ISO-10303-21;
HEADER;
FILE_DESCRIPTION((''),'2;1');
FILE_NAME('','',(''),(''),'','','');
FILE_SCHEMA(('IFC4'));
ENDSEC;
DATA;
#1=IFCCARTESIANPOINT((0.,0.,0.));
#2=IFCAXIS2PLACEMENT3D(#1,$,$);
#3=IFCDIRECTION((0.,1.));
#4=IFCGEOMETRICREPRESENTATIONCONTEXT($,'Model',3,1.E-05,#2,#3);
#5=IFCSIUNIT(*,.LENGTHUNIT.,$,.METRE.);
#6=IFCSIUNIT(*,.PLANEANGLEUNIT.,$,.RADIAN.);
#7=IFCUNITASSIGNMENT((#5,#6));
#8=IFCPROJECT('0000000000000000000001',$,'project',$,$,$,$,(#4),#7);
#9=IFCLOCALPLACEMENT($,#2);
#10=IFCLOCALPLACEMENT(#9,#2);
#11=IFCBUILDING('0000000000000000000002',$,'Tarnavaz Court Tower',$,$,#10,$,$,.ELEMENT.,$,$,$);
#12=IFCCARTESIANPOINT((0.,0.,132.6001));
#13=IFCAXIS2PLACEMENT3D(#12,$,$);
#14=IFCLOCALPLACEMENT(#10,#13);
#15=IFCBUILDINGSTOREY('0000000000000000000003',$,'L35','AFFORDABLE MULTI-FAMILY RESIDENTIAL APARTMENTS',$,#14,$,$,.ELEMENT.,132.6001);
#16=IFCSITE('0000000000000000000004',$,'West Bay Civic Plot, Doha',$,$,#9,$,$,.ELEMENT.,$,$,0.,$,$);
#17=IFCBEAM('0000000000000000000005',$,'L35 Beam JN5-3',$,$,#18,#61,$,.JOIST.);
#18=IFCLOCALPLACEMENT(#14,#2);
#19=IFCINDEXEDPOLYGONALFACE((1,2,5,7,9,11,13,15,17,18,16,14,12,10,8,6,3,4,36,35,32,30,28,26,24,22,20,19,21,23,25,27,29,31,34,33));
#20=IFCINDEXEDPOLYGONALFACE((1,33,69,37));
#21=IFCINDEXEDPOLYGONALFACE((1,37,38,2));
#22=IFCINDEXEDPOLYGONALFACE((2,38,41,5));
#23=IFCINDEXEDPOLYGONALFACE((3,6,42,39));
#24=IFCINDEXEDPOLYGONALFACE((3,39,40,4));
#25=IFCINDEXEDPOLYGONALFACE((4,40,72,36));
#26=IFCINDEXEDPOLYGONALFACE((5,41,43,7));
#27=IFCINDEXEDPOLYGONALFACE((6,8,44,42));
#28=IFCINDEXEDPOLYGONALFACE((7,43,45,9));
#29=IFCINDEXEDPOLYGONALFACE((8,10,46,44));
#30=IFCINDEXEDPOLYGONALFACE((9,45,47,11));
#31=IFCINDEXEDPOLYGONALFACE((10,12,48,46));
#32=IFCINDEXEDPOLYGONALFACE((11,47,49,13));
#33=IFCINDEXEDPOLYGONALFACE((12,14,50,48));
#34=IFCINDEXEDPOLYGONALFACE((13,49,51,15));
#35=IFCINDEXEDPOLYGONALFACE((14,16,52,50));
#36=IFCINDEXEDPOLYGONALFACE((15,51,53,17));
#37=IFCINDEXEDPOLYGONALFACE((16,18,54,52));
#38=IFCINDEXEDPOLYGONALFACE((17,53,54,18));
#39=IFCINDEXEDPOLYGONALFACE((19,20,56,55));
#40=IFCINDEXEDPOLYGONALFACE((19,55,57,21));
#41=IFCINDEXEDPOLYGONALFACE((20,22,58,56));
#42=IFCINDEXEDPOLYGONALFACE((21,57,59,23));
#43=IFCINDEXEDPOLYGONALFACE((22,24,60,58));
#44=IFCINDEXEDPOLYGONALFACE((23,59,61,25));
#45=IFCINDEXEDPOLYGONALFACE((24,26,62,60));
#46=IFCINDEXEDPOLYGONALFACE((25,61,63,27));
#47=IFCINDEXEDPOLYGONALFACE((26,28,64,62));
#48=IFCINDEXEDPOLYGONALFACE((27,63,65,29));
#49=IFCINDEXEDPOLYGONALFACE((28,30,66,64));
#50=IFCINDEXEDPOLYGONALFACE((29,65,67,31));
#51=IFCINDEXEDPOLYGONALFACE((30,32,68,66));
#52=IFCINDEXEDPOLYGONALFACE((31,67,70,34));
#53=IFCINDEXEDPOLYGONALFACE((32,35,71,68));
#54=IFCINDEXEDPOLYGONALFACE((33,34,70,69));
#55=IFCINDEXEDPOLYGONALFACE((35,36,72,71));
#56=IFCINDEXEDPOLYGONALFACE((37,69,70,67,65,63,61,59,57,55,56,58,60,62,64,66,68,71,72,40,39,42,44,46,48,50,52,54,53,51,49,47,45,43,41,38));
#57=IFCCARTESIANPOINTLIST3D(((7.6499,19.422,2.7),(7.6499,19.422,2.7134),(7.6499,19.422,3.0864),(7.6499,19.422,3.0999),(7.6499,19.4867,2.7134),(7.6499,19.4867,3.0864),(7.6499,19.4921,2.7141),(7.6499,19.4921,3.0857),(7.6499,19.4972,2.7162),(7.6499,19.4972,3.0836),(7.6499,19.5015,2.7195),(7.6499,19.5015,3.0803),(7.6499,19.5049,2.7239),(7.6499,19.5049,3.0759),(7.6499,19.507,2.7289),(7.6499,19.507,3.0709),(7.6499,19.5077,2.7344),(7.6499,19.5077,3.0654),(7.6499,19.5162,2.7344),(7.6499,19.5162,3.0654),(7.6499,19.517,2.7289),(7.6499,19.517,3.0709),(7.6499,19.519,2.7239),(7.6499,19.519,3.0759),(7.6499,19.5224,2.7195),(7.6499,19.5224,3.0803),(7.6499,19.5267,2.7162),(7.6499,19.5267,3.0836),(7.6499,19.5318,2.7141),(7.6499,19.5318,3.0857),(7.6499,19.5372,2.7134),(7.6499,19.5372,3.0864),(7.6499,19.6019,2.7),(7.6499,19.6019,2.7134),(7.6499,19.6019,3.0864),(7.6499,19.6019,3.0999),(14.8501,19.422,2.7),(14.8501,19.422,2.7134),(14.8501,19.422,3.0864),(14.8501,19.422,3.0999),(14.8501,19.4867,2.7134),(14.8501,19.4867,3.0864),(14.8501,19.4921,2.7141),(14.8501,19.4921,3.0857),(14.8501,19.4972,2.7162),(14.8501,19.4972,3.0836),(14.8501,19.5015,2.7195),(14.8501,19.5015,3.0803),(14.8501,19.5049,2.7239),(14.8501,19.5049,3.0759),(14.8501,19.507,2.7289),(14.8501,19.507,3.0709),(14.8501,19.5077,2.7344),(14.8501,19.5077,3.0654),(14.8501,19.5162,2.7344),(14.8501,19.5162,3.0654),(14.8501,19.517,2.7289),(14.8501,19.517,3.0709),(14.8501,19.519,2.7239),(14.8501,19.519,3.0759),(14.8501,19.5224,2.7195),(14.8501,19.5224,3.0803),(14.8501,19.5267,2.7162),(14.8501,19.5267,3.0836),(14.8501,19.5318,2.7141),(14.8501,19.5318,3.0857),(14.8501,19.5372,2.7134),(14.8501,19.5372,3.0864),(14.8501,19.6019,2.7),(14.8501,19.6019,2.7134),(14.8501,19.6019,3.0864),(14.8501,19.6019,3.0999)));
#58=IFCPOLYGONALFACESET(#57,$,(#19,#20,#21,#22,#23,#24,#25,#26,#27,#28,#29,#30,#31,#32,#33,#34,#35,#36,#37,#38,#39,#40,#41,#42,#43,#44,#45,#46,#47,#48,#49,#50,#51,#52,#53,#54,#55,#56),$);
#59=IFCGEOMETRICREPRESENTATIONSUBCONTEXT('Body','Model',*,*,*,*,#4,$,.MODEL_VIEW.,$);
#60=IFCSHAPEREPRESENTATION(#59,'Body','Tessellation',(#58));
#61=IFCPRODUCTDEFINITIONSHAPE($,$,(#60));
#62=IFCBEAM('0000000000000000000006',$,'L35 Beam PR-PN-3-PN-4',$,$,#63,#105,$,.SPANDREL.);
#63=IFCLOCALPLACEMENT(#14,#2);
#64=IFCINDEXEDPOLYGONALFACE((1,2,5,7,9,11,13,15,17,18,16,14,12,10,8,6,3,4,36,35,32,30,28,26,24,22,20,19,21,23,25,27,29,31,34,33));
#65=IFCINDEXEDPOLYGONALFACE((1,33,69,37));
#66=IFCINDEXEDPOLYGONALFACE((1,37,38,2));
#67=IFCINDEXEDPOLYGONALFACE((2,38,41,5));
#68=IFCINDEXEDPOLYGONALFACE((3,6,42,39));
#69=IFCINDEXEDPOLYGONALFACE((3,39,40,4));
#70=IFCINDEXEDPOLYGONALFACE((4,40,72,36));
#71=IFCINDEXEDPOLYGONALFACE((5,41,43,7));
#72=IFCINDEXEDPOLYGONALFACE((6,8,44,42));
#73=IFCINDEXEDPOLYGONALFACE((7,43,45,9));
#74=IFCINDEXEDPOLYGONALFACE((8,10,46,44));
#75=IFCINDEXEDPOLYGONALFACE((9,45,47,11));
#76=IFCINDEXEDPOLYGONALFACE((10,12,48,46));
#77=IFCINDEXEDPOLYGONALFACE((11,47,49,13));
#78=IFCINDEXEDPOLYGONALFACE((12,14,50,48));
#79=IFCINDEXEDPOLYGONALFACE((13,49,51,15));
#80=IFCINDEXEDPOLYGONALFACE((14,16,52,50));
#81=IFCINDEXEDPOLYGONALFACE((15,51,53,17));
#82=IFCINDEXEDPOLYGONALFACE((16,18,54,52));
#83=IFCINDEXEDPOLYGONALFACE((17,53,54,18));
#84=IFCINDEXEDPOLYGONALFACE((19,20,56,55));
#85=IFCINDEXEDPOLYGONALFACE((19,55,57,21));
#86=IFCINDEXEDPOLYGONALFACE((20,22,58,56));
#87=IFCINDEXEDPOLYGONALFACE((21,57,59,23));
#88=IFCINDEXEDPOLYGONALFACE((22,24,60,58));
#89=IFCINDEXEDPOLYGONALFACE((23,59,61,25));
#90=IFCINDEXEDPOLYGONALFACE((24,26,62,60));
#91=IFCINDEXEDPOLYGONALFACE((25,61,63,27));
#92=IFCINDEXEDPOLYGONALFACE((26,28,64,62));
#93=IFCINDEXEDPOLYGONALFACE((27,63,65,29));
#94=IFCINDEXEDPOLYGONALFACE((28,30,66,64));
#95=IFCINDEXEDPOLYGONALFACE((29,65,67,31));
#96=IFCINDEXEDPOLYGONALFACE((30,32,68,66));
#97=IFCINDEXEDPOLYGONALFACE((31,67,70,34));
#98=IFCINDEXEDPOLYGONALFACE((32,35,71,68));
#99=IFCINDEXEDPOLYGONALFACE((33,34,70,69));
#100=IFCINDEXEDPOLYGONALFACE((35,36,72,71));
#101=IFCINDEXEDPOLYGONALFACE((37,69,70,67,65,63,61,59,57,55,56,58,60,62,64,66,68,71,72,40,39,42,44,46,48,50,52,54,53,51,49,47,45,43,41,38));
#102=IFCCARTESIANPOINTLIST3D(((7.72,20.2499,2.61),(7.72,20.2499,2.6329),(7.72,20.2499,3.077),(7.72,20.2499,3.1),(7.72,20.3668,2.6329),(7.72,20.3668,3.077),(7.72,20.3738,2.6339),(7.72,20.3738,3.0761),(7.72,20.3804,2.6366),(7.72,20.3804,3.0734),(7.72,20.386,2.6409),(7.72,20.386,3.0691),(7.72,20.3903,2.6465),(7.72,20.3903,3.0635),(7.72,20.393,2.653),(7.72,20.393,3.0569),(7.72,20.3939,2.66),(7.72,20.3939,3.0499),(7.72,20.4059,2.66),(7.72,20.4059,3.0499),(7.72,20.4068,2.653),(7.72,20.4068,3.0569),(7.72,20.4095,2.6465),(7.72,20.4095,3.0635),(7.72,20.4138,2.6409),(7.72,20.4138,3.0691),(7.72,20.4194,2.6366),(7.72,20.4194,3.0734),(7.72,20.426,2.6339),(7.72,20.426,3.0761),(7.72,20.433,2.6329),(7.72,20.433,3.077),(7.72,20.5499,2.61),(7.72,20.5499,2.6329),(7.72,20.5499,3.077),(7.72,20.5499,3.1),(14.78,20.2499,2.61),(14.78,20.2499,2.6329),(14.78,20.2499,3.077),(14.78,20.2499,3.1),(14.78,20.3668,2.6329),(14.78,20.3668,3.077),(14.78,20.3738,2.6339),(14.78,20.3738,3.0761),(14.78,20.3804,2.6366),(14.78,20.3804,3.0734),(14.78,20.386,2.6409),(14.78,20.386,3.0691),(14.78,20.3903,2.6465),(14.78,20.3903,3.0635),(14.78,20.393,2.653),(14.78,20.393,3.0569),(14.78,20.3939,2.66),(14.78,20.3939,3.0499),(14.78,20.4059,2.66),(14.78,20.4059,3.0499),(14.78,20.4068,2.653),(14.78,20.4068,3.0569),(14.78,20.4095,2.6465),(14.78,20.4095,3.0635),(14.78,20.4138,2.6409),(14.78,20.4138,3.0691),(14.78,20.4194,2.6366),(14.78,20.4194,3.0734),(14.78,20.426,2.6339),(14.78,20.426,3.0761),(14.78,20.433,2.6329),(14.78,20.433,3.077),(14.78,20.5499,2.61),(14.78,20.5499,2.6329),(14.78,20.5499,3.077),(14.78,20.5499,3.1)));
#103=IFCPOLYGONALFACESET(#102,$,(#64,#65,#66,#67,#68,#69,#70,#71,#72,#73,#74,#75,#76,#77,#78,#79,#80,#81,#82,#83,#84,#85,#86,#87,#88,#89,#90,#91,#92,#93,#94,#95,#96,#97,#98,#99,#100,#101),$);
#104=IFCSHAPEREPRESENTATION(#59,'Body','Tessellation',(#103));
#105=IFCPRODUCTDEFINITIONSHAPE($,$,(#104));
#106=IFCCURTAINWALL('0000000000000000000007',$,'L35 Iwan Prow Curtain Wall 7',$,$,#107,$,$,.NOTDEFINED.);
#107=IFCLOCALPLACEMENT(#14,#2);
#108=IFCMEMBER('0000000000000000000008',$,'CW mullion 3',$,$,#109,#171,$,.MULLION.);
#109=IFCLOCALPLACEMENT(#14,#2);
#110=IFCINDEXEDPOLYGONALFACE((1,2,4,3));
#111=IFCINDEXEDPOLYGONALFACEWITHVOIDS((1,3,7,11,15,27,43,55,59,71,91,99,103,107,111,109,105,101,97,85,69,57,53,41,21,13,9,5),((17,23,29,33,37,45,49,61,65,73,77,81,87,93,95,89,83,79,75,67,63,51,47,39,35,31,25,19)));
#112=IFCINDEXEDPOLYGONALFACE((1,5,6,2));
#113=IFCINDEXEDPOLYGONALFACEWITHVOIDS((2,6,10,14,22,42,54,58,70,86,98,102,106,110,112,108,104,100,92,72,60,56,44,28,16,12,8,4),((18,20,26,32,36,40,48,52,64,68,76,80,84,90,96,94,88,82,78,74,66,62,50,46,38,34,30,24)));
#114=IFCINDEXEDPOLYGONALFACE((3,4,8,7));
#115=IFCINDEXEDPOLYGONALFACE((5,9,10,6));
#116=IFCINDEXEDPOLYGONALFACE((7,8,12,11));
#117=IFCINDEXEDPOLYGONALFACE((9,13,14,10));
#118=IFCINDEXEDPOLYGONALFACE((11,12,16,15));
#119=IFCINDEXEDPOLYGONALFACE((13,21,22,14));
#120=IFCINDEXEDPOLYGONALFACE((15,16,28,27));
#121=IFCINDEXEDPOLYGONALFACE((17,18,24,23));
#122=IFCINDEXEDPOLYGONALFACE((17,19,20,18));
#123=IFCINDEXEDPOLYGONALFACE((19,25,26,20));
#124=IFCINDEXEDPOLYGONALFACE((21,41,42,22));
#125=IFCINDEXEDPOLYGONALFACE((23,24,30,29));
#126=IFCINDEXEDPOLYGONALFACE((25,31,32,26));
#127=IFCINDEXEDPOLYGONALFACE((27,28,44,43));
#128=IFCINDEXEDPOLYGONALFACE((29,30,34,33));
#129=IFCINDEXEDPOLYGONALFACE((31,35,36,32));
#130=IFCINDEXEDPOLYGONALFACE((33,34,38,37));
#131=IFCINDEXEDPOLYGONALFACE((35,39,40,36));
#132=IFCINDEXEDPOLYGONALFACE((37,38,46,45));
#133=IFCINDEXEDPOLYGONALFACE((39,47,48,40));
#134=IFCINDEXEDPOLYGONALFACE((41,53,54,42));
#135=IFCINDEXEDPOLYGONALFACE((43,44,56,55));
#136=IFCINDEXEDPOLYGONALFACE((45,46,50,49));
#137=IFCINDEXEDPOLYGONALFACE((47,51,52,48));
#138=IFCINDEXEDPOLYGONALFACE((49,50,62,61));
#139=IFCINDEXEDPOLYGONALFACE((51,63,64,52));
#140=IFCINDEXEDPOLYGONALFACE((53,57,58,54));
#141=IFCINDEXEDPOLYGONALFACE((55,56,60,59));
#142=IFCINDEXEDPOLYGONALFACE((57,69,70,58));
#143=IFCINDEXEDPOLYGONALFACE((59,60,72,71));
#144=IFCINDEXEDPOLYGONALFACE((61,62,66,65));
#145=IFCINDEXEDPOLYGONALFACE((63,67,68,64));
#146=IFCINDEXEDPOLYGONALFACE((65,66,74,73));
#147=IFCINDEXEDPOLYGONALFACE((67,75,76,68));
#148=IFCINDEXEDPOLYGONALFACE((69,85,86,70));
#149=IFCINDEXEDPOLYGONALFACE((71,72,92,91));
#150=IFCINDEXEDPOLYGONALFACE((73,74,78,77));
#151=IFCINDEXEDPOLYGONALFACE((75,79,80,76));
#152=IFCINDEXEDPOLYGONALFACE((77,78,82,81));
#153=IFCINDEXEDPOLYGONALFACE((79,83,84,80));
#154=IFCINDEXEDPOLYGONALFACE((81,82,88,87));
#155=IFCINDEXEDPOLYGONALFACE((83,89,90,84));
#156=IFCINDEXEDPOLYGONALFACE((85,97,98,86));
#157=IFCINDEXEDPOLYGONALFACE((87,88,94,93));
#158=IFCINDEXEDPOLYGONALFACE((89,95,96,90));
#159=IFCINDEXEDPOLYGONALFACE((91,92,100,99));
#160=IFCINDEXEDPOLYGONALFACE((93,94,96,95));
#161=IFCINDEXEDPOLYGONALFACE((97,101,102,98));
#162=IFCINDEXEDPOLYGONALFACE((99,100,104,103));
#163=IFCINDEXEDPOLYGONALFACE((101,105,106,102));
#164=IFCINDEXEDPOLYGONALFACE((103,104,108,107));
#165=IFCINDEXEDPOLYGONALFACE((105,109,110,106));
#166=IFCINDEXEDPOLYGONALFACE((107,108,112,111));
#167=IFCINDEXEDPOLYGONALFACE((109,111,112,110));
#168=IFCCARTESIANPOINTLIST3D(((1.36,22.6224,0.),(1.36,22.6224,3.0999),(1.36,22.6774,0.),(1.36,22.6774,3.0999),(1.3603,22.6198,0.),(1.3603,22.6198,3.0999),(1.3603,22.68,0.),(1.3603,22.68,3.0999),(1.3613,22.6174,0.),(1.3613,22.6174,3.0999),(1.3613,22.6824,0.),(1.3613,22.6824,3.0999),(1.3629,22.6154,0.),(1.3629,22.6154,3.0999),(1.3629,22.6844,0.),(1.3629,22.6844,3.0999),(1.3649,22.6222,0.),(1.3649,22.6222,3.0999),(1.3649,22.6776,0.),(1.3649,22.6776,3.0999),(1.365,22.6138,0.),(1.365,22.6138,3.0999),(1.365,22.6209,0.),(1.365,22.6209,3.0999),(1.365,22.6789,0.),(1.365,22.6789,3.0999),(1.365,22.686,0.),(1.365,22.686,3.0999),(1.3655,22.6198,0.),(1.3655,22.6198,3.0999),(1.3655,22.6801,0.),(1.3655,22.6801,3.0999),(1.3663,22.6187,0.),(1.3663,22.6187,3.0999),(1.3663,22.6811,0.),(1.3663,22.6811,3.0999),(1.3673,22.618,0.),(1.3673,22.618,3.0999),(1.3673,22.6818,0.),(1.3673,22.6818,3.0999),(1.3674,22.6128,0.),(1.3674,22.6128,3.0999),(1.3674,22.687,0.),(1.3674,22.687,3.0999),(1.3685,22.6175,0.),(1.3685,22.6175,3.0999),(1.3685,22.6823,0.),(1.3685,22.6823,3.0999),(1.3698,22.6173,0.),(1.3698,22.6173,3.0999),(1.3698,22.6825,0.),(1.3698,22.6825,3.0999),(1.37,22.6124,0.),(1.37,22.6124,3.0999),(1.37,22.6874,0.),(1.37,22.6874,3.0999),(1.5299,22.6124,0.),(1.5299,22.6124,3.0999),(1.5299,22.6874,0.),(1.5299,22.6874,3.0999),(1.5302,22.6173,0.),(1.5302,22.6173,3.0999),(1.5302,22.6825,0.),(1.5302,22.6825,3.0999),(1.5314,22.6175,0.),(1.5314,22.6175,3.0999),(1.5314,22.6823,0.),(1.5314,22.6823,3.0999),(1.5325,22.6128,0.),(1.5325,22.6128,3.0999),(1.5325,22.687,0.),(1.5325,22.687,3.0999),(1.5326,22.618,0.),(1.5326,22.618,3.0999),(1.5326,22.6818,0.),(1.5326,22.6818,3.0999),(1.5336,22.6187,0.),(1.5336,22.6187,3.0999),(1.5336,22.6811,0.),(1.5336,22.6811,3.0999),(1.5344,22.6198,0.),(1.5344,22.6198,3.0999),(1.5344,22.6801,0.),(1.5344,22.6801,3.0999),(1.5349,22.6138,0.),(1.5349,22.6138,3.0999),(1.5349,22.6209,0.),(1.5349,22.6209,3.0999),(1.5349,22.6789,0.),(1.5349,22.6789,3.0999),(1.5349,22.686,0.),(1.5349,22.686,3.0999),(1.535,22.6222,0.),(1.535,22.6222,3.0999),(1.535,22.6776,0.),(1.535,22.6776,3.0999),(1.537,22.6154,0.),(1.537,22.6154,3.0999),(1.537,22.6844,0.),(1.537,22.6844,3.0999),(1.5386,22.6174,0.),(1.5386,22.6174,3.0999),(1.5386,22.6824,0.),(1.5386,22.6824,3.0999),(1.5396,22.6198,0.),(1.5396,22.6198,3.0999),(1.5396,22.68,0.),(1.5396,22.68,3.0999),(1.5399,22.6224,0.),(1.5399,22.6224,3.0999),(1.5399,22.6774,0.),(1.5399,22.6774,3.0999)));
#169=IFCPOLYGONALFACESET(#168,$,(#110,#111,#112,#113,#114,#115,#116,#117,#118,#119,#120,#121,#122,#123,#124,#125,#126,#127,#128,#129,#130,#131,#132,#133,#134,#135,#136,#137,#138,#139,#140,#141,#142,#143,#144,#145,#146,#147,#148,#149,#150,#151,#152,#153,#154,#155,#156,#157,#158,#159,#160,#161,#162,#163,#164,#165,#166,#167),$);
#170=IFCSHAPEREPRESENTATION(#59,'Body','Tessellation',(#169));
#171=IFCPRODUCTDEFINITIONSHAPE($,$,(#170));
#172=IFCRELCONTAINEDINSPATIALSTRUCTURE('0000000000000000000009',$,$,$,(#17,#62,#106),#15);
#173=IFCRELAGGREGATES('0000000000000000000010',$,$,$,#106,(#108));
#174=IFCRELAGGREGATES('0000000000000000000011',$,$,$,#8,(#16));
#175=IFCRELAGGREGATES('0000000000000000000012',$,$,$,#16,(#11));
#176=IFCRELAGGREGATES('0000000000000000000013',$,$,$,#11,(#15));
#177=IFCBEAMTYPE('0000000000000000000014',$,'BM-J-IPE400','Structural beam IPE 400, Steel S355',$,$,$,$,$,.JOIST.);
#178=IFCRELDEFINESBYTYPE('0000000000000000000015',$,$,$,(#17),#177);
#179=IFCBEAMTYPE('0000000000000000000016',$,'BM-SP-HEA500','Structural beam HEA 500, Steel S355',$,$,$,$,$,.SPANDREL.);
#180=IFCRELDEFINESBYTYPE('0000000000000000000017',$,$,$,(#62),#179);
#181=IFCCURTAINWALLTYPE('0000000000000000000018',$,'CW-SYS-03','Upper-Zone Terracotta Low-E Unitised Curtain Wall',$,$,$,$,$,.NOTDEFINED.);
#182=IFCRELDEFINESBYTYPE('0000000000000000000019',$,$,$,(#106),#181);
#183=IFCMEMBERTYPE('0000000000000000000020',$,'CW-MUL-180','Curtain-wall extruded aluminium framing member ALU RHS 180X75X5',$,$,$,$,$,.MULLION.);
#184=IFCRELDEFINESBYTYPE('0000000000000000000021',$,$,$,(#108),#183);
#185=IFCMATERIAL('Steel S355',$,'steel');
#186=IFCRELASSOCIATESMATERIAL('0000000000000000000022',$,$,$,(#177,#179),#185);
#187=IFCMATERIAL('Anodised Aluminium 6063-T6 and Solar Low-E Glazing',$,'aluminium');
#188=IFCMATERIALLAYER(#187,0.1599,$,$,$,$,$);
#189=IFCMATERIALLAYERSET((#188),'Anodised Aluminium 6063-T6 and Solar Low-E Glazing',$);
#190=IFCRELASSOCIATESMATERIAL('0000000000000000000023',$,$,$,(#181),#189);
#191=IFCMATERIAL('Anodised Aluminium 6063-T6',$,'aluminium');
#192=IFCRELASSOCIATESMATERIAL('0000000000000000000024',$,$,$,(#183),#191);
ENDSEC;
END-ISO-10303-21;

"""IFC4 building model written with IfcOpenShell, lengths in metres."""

from ifc_helpers import new_model, si_unit, direction, frame, origin, origin_2d, place, context, subcontext, project, spatial, hollow_rectangle, i_section, extrude, material, layer, layer_set, material_profile, profile_set, type_object, element, aggregate, save


model = new_model("IFC4")

# Units and contexts
model_context = context("Model", 3, precision=1e-05, world=origin(), true_north=direction((0.0, 1.0)))
body_context = subcontext(model_context, "Body", "Model", "MODEL_VIEW")
ifc_project = project(units=[si_unit("LENGTHUNIT", "METRE"), si_unit("PLANEANGLEUNIT", "RADIAN")], contexts=[model_context])

# Site, building, storey
site_placement = place(None, origin())
site = spatial("IfcSite", under=ifc_project, at=site_placement, Name="West Bay Civic Plot, Doha", CompositionType="ELEMENT", RefElevation=0.0)
building_placement = place(site_placement, origin())
building = spatial("IfcBuilding", under=site, at=building_placement, Name="Tarnavaz Court Tower", CompositionType="ELEMENT")
storey_placement = place(building_placement, frame((0.0, 0.0, 132.6001)))
storey = spatial("IfcBuildingStorey", under=building, at=storey_placement, Name="L35", Description="AFFORDABLE MULTI-FAMILY RESIDENTIAL APARTMENTS", CompositionType="ELEMENT", Elevation=132.6001)

# Beams
ifc_material_1 = material(Name="Steel S355", Category="steel")
ifc_material_profile_1 = material_profile(ifc_material_1, i_section(OverallWidth=0.1799, OverallDepth=0.3999, WebThickness=0.0085, FlangeThickness=0.0134, FilletRadius=0.021, at=origin_2d()), Name="IPE 400")
ifc_profile_set_1 = profile_set([ifc_material_profile_1], Name="Steel S355")
beam_type_1 = type_object("IfcBeamType", Name="BM-J-IPE400", Description="Structural beam IPE 400, Steel S355", PredefinedType="JOIST", material=ifc_profile_set_1)
for number, where, z_axis, x_axis, name in (
    (1, (7.6499, 19.512, 2.8999), (1.0, 0.0, 0.0), (0.0, 1.0, 0.0), "L35 Beam JN5-3"),
):
    element("IfcBeam", number, at=place(storey_placement, frame(where, z_axis=z_axis, x_axis=x_axis)), inside=storey, type_object=beam_type_1, Name=name, PredefinedType="JOIST", context=body_context, shape_type="SweptSolid", body=[
        extrude(i_section(OverallWidth=0.1799, OverallDepth=0.3999, WebThickness=0.0085, FlangeThickness=0.0134, FilletRadius=0.021, at=origin_2d()), origin(), (0.0, 0.0, 1.0), 7.2002),
    ])
ifc_material_profile_2 = material_profile(ifc_material_1, i_section(OverallWidth=0.3, OverallDepth=0.49, WebThickness=0.012, FlangeThickness=0.0229, FilletRadius=0.0271, at=origin_2d()), Name="HEA 500")
ifc_profile_set_2 = profile_set([ifc_material_profile_2], Name="Steel S355")
beam_type_2 = type_object("IfcBeamType", Name="BM-SP-HEA500", Description="Structural beam HEA 500, Steel S355", PredefinedType="SPANDREL", material=ifc_profile_set_2)
beam_placement = place(storey_placement, frame((7.72, 20.3999, 2.855), z_axis=(1.0, 0.0, 0.0), x_axis=(0.0, 1.0, 0.0)))
element("IfcBeam", 2, at=beam_placement, inside=storey, type_object=beam_type_2, Name="L35 Beam PR-PN-3-PN-4", PredefinedType="SPANDREL", context=body_context, shape_type="SweptSolid", body=[
    extrude(i_section(OverallWidth=0.3, OverallDepth=0.49, WebThickness=0.012, FlangeThickness=0.0229, FilletRadius=0.0271, at=origin_2d()), origin(), (0.0, 0.0, 1.0), 7.0601),
])

# Curtain wall, member
ifc_material_2 = material(Name="Anodised Aluminium 6063-T6 and Solar Low-E Glazing", Category="aluminium")
ifc_layer_1 = layer(ifc_material_2, 0.1599)
ifc_layer_set_1 = layer_set([ifc_layer_1], Name="Anodised Aluminium 6063-T6 and Solar Low-E Glazing")
curtain_wall_type = type_object("IfcCurtainWallType", Name="CW-SYS-03", Description="Upper-Zone Terracotta Low-E Unitised Curtain Wall", PredefinedType="NOTDEFINED", material=ifc_layer_set_1)
curtain_wall_placement = place(storey_placement, origin())
curtain_wall = element("IfcCurtainWall", 3, at=curtain_wall_placement, inside=storey, type_object=curtain_wall_type, Name="L35 Iwan Prow Curtain Wall 7", PredefinedType="NOTDEFINED")
ifc_material_3 = material(Name="Anodised Aluminium 6063-T6", Category="aluminium")
ifc_material_profile_3 = material_profile(ifc_material_3, hollow_rectangle(XDim=0.075, YDim=0.1799, WallThickness=0.0049, InnerFilletRadius=0.0049, OuterFilletRadius=0.01, at=origin_2d()), Name="ALU RHS 180X75X5")
ifc_profile_set_3 = profile_set([ifc_material_profile_3], Name="Anodised Aluminium 6063-T6")
member_type_1 = type_object("IfcMemberType", Name="CW-MUL-180", Description="Curtain-wall extruded aluminium framing member ALU RHS 180X75X5", PredefinedType="MULLION", material=ifc_profile_set_3)
member_1_placement = place(storey_placement, frame((1.45, 22.6499, 0.0), z_axis=(0.0, 0.0, 1.0), x_axis=(0.0, 1.0, 0.0)))
member_1 = element("IfcMember", 4, at=member_1_placement, type_object=member_type_1, Name="CW mullion 3", PredefinedType="MULLION", context=body_context, shape_type="SweptSolid", body=[
    extrude(hollow_rectangle(XDim=0.075, YDim=0.1799, WallThickness=0.0049, InnerFilletRadius=0.0049, OuterFilletRadius=0.01, at=origin_2d()), origin(), (0.0, 0.0, 1.0), 3.0999),
])
aggregate(curtain_wall, [member_1])

save(model, "model.ifc")
